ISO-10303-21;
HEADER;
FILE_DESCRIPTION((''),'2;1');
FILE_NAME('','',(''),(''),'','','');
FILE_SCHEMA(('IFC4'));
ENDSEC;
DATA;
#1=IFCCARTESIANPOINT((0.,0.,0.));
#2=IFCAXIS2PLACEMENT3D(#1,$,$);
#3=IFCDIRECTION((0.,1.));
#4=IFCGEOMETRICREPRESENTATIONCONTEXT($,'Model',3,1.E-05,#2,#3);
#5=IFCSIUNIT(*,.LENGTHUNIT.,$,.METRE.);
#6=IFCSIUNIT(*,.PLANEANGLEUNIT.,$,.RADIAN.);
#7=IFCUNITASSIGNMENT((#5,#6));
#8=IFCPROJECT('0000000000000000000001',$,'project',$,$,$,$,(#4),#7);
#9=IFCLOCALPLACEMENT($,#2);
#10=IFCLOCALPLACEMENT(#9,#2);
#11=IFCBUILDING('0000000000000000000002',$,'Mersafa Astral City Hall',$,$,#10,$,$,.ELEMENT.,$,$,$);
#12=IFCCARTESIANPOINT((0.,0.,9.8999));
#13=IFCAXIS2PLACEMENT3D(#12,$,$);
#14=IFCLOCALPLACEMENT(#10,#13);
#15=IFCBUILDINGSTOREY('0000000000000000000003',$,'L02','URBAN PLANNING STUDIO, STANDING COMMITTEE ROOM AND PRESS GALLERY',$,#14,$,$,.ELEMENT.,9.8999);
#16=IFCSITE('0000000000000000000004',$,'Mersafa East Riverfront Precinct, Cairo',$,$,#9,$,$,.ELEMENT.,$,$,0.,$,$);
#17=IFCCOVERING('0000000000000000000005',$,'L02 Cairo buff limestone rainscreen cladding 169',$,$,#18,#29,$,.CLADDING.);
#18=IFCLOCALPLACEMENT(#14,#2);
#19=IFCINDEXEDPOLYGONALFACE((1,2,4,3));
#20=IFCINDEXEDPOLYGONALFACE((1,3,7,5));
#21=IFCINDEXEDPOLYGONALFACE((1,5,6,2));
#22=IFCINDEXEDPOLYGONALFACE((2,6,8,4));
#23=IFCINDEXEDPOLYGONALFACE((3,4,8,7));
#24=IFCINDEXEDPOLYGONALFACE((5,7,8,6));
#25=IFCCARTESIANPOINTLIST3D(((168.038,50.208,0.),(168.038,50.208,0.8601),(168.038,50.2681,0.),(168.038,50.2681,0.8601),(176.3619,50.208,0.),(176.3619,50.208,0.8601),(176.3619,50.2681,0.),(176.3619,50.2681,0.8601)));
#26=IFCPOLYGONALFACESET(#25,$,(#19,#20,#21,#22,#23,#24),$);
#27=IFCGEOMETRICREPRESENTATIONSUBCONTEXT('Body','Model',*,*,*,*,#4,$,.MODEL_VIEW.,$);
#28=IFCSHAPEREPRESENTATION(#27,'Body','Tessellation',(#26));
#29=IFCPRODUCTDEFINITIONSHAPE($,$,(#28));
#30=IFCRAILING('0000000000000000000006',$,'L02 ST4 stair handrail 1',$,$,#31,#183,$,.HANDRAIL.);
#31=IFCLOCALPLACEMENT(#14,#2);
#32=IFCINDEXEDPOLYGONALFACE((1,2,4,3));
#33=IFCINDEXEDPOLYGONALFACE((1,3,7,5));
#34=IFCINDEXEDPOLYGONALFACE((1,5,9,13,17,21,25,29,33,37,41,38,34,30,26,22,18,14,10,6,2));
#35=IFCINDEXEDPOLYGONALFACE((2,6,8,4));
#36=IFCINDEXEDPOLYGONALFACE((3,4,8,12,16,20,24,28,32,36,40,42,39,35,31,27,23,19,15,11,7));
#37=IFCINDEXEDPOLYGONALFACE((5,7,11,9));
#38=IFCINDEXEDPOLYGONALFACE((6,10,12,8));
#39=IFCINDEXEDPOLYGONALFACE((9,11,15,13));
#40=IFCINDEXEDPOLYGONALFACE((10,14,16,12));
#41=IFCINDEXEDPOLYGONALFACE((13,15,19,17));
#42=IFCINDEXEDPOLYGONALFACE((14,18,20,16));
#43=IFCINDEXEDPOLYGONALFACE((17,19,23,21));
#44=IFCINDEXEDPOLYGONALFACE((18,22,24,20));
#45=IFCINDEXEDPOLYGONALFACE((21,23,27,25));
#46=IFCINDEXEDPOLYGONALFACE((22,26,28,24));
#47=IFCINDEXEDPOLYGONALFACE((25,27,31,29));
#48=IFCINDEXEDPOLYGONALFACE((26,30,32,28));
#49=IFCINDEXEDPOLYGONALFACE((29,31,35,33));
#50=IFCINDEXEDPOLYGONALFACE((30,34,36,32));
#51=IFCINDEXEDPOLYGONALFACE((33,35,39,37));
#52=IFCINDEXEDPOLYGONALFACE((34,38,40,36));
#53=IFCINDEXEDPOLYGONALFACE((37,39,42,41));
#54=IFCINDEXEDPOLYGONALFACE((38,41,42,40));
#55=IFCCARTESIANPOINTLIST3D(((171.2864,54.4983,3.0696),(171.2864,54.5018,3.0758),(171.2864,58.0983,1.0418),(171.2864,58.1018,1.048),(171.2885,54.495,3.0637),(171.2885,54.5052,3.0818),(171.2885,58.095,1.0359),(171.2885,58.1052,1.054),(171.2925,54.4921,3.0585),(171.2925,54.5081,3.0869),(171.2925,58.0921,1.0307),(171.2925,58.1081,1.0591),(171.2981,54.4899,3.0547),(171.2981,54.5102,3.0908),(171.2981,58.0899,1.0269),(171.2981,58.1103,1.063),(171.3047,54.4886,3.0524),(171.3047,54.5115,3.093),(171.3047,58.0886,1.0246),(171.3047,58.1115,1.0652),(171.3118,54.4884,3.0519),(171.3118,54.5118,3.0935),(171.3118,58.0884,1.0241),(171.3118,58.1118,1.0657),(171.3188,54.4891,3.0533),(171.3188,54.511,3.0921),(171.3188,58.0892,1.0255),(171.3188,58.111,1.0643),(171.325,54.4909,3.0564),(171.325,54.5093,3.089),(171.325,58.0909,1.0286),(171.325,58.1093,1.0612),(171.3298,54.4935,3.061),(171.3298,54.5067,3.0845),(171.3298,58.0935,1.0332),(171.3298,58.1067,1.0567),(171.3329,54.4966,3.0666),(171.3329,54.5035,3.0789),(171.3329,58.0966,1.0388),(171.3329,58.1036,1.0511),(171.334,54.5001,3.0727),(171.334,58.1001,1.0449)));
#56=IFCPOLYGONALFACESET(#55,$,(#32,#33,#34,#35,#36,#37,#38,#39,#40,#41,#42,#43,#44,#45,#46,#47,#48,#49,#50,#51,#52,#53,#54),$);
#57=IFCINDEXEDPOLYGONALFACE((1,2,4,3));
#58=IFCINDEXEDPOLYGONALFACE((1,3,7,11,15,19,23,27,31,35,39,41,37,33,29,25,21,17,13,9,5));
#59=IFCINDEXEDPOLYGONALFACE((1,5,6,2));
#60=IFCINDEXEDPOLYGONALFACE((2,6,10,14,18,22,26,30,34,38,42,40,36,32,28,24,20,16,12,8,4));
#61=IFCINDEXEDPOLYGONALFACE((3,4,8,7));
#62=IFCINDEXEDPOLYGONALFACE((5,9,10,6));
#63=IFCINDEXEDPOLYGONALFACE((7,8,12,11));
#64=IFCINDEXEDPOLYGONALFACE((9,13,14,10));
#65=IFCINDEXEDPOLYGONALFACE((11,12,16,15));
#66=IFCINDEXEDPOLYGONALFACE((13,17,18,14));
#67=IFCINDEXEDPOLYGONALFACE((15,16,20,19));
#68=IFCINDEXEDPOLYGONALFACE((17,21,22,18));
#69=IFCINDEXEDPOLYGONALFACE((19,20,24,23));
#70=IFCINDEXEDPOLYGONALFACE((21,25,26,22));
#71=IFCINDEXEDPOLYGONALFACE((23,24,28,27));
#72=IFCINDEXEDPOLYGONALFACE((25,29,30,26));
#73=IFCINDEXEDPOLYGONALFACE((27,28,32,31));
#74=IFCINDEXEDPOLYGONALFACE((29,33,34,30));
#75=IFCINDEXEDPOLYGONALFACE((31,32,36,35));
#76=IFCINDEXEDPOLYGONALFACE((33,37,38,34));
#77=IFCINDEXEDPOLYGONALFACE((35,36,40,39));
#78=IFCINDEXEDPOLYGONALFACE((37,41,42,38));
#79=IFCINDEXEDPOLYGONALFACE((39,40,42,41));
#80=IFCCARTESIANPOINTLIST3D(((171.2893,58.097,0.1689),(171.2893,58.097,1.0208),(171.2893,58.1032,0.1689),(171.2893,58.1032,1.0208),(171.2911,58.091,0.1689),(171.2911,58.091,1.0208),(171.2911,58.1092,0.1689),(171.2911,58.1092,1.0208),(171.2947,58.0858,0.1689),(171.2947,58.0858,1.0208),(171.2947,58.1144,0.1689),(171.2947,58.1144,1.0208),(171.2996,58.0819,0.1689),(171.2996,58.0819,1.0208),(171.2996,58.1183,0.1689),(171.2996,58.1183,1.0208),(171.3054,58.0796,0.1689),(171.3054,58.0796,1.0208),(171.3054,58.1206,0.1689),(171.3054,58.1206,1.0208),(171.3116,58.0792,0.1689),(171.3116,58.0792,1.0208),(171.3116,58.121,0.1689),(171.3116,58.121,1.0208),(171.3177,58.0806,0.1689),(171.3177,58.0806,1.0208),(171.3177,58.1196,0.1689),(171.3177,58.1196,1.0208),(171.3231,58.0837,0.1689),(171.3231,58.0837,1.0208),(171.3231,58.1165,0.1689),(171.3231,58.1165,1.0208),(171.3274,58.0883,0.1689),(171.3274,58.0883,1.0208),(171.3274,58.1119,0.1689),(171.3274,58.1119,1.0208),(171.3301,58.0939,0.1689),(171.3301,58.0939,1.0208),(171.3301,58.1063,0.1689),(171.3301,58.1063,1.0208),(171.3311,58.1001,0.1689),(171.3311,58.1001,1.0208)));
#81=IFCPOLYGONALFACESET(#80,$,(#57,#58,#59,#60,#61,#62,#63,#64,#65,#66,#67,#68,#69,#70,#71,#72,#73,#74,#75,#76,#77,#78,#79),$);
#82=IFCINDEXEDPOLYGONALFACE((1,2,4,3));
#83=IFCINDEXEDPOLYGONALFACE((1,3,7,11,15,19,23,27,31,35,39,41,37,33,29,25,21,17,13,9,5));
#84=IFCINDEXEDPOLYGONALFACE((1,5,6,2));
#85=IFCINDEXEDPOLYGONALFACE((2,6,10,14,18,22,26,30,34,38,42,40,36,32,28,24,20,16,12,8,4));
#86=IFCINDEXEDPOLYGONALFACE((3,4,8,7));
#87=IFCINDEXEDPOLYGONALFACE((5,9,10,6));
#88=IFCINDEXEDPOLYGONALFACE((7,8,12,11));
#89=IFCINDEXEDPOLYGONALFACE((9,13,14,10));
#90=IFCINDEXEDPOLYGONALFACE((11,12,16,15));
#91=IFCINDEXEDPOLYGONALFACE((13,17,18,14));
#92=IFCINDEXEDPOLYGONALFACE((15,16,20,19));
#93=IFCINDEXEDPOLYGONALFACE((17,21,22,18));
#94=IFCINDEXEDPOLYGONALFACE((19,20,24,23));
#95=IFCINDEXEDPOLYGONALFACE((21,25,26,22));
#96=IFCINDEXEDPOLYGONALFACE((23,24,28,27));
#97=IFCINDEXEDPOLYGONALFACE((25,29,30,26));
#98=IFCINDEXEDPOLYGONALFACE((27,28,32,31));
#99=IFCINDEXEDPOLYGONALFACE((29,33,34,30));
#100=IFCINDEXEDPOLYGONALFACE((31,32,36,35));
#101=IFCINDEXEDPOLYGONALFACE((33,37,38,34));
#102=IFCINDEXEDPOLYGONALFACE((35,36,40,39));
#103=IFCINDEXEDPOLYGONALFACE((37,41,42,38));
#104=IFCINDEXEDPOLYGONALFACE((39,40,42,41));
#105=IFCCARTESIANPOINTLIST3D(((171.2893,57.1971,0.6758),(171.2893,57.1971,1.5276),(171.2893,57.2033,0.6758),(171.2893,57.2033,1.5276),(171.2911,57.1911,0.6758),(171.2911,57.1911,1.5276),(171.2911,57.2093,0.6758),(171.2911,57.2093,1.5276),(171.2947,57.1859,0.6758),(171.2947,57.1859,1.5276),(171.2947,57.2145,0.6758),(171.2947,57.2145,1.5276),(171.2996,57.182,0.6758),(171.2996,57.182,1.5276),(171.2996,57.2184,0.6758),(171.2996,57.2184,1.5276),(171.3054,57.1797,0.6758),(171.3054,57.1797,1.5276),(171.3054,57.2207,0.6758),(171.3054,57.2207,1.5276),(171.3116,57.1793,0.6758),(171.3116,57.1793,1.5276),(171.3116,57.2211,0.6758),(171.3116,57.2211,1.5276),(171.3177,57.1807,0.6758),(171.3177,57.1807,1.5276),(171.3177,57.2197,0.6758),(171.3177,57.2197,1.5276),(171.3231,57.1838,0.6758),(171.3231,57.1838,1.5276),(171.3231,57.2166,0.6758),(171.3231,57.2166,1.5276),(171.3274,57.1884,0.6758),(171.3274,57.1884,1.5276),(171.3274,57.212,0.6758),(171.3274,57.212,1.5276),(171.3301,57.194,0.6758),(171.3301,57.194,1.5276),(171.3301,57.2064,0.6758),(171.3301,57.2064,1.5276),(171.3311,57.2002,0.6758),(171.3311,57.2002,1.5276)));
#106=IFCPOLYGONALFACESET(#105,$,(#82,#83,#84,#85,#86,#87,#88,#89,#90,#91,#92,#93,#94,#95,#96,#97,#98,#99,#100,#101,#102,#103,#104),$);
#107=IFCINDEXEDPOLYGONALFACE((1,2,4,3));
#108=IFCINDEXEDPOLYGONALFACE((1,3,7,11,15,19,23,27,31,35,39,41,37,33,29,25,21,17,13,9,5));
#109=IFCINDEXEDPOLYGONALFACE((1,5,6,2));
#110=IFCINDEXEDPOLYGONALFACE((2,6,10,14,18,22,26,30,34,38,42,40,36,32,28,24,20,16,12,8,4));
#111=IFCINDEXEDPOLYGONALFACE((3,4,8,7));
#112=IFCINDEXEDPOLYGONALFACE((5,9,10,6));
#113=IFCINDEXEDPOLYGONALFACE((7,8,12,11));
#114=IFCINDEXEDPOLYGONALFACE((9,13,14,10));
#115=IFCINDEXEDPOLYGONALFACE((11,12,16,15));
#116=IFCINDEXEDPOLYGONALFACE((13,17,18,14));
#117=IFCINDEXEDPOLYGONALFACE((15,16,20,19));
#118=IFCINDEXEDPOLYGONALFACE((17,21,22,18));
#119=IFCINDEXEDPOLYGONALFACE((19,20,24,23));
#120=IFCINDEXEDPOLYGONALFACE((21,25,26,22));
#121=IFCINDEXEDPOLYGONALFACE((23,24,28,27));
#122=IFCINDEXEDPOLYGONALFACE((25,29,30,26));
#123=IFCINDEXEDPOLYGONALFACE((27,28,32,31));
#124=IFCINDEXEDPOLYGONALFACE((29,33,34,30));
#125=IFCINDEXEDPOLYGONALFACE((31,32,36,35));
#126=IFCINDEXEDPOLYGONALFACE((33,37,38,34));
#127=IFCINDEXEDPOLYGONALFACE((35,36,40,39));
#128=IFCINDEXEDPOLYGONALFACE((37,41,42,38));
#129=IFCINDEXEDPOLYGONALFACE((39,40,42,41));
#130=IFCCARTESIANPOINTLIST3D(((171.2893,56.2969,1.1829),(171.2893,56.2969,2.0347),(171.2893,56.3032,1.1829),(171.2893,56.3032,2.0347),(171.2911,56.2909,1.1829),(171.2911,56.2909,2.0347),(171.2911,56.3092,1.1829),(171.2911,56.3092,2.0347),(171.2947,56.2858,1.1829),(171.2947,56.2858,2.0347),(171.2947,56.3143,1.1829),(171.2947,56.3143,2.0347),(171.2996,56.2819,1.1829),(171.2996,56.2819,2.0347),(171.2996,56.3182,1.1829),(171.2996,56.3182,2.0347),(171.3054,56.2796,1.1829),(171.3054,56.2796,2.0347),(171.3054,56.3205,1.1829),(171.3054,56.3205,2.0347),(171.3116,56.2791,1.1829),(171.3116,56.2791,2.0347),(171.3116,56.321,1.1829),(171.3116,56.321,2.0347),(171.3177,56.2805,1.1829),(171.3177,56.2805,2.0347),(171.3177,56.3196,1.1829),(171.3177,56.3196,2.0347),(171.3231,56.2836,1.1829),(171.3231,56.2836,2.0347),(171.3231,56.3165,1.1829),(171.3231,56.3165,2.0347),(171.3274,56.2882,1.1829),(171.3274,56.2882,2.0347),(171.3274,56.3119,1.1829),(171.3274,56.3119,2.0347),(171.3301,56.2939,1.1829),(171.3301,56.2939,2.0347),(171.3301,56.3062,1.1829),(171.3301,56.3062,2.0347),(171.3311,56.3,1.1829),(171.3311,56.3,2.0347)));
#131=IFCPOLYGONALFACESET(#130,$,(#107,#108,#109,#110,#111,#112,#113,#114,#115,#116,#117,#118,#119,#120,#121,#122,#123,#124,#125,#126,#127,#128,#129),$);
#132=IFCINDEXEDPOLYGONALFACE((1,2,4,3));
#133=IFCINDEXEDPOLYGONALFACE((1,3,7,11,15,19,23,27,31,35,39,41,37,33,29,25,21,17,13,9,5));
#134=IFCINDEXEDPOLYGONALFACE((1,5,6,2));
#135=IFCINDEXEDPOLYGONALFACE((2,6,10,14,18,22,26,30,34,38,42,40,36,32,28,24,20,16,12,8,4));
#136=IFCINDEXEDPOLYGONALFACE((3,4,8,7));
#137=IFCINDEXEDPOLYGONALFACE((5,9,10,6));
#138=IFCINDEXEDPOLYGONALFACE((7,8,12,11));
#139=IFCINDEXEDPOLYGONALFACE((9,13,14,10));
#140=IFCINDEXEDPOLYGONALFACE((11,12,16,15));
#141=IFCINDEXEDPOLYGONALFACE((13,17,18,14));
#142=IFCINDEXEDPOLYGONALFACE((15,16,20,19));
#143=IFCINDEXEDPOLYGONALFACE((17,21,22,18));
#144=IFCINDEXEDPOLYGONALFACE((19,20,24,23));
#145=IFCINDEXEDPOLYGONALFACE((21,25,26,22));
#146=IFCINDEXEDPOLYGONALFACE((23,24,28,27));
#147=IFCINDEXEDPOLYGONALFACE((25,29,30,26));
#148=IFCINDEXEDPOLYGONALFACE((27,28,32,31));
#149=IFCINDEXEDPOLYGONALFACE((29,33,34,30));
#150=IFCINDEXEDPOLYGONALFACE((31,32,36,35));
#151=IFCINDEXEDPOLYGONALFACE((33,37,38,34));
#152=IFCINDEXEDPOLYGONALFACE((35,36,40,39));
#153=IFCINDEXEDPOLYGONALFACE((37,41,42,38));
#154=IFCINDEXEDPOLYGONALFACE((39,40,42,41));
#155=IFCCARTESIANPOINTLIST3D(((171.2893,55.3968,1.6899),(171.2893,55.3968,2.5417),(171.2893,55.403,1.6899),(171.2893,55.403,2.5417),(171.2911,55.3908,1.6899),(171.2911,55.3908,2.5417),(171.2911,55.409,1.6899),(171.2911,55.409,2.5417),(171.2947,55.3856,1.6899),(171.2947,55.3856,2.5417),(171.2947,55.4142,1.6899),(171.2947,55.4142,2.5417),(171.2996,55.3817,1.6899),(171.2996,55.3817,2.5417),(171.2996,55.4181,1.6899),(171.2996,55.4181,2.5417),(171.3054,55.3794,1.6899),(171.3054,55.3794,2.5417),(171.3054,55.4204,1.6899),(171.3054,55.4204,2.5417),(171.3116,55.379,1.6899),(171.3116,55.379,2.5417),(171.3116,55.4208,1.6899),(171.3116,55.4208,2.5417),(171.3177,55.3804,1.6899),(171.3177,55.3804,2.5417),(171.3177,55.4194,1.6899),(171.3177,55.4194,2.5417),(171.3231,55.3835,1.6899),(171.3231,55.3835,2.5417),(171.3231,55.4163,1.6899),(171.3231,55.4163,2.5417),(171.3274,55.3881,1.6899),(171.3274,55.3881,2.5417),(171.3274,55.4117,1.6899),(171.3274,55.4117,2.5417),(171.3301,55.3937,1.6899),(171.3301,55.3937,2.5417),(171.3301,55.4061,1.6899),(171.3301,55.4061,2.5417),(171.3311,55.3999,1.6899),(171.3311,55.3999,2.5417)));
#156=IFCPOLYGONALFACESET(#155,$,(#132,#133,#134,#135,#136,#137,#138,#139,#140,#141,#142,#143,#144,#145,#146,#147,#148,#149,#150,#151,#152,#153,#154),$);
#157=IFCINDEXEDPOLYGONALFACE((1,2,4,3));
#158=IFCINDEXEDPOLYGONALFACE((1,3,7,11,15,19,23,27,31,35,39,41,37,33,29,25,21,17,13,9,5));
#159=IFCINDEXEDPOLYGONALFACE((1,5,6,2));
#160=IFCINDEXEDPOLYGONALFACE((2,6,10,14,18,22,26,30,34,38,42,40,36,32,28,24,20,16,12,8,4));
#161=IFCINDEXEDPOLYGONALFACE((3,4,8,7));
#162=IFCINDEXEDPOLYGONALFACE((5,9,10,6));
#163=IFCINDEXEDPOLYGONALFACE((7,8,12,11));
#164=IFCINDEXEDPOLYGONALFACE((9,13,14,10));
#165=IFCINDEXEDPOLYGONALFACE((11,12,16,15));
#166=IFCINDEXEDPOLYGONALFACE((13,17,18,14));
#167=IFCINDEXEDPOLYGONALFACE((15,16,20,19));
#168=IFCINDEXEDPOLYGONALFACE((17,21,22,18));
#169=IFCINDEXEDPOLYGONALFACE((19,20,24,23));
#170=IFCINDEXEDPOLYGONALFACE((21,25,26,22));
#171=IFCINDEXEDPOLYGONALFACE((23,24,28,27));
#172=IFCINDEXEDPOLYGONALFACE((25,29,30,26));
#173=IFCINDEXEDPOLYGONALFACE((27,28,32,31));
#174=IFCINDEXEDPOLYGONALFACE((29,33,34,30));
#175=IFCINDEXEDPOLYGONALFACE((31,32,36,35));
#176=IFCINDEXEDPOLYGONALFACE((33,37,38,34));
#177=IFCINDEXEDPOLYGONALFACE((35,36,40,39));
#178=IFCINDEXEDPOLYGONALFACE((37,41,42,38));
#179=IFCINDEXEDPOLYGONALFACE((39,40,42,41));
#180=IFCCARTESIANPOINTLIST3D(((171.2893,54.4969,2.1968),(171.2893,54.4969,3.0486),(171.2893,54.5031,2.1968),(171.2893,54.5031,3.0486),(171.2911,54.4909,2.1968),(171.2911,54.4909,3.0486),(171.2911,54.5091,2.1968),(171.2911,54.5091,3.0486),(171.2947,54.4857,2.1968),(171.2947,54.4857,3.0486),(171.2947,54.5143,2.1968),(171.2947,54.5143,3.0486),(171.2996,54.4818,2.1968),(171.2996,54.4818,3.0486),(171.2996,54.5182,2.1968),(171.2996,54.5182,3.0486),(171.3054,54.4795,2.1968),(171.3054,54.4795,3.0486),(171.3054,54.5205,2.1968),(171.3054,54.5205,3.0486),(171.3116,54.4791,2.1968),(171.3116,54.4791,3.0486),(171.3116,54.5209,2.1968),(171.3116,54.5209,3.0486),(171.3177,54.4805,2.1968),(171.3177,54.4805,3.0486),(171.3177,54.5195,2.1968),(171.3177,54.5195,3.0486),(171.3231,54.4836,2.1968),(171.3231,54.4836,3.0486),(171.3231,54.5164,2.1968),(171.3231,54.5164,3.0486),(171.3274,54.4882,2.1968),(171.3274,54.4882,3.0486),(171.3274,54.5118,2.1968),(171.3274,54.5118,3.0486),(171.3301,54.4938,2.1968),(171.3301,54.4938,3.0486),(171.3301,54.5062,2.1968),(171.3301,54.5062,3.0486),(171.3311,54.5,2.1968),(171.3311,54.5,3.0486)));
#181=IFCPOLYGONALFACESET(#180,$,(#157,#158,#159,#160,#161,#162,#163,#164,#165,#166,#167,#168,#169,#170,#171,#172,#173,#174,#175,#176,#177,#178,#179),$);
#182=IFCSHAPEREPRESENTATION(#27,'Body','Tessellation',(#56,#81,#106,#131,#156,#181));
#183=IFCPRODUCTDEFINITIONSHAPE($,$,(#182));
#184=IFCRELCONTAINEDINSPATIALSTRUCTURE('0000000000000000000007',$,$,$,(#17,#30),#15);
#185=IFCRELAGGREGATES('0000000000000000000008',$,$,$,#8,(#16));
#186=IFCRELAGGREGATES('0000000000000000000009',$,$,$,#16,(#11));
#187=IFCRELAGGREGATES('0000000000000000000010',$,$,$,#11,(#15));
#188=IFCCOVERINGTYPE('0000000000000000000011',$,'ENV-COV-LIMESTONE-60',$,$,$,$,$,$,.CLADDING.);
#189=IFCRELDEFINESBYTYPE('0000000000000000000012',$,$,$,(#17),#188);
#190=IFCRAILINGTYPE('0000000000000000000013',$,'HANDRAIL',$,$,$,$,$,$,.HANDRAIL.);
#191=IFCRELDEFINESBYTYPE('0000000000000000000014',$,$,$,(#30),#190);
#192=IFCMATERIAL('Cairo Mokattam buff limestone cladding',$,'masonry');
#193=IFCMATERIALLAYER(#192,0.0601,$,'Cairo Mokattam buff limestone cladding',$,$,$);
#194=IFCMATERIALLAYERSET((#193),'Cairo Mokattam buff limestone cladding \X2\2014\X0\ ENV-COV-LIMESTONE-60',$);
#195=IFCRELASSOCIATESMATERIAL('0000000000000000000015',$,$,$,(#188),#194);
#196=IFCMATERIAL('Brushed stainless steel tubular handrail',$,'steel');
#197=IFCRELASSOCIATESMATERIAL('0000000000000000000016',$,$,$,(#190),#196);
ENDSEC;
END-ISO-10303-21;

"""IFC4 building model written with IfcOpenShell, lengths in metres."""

from ifc_helpers import new_model, si_unit, direction, frame, origin, origin_2d, place, context, subcontext, project, spatial, rectangle, circle, extrude, material, layer, layer_set, type_object, element, save


model = new_model("IFC4")

# Units and contexts
model_context = context("Model", 3, precision=1e-05, world=origin(), true_north=direction((0.0, 1.0)))
body_context = subcontext(model_context, "Body", "Model", "MODEL_VIEW")
ifc_project = project(units=[si_unit("LENGTHUNIT", "METRE"), si_unit("PLANEANGLEUNIT", "RADIAN")], contexts=[model_context])

# Site, building, storey
site_placement = place(None, origin())
site = spatial("IfcSite", under=ifc_project, at=site_placement, Name="Mersafa East Riverfront Precinct, Cairo", CompositionType="ELEMENT", RefElevation=0.0)
building_placement = place(site_placement, origin())
building = spatial("IfcBuilding", under=site, at=building_placement, Name="Mersafa Astral City Hall", CompositionType="ELEMENT")
storey_placement = place(building_placement, frame((0.0, 0.0, 9.8999)))
storey = spatial("IfcBuildingStorey", under=building, at=storey_placement, Name="L02", Description="URBAN PLANNING STUDIO, STANDING COMMITTEE ROOM AND PRESS GALLERY", CompositionType="ELEMENT", Elevation=9.8999)

# Covering
ifc_material_1 = material(Name="Cairo Mokattam buff limestone cladding", Category="masonry")
ifc_layer_1 = layer(ifc_material_1, 0.0601, Name="Cairo Mokattam buff limestone cladding")
ifc_layer_set_1 = layer_set([ifc_layer_1], Name="Cairo Mokattam buff limestone cladding — ENV-COV-LIMESTONE-60")
covering_type = type_object("IfcCoveringType", Name="ENV-COV-LIMESTONE-60", PredefinedType="CLADDING", material=ifc_layer_set_1)
covering_placement = place(storey_placement, frame((172.2, 50.238, 0.0), z_axis=(0.0, 0.0, 1.0), x_axis=(1.0, 0.0, 0.0)))
element("IfcCovering", 1, at=covering_placement, inside=storey, type_object=covering_type, Name="L02 Cairo buff limestone rainscreen cladding 169", PredefinedType="CLADDING", context=body_context, shape_type="SweptSolid", body=[
    extrude(rectangle(XDim=8.324, YDim=0.0601, at=origin_2d()), origin(), (0.0, 0.0, 1.0), 0.8601),
])

# Railing
ifc_material_2 = material(Name="Brushed stainless steel tubular handrail", Category="steel")
railing_type_1 = type_object("IfcRailingType", Name="HANDRAIL", PredefinedType="HANDRAIL", material=ifc_material_2)
railing_1_placement = place(storey_placement, frame((171.3101, 58.1001, 0.1689)))
element("IfcRailing", 2, at=railing_1_placement, inside=storey, type_object=railing_type_1, Name="L02 ST4 stair handrail 1", PredefinedType="HANDRAIL", context=body_context, shape_type="SweptSolid", body=[
    extrude(circle(Radius=0.0239, at=origin_2d()), frame((0.0, 0.0, 0.876), z_axis=(0.0, -0.871288, 0.490772), x_axis=(1.0, 0.0, 0.0)), (0.0, 0.0, 1.0), 4.1318),
    extrude(circle(Radius=0.021, at=origin_2d()), origin(), (0.0, 0.0, 1.0), 0.8518),
    extrude(circle(Radius=0.021, at=origin_2d()), frame((0.0, -0.8999, 0.5068)), (0.0, 0.0, 1.0), 0.8518),
    extrude(circle(Radius=0.021, at=origin_2d()), frame((0.0, -1.8, 1.0139)), (0.0, 0.0, 1.0), 0.8518),
    extrude(circle(Radius=0.021, at=origin_2d()), frame((0.0, -2.7002, 1.521)), (0.0, 0.0, 1.0), 0.8518),
    extrude(circle(Radius=0.021, at=origin_2d()), frame((0.0, -3.6001, 2.0278)), (0.0, 0.0, 1.0), 0.8518),
])

save(model, "model.ifc")
